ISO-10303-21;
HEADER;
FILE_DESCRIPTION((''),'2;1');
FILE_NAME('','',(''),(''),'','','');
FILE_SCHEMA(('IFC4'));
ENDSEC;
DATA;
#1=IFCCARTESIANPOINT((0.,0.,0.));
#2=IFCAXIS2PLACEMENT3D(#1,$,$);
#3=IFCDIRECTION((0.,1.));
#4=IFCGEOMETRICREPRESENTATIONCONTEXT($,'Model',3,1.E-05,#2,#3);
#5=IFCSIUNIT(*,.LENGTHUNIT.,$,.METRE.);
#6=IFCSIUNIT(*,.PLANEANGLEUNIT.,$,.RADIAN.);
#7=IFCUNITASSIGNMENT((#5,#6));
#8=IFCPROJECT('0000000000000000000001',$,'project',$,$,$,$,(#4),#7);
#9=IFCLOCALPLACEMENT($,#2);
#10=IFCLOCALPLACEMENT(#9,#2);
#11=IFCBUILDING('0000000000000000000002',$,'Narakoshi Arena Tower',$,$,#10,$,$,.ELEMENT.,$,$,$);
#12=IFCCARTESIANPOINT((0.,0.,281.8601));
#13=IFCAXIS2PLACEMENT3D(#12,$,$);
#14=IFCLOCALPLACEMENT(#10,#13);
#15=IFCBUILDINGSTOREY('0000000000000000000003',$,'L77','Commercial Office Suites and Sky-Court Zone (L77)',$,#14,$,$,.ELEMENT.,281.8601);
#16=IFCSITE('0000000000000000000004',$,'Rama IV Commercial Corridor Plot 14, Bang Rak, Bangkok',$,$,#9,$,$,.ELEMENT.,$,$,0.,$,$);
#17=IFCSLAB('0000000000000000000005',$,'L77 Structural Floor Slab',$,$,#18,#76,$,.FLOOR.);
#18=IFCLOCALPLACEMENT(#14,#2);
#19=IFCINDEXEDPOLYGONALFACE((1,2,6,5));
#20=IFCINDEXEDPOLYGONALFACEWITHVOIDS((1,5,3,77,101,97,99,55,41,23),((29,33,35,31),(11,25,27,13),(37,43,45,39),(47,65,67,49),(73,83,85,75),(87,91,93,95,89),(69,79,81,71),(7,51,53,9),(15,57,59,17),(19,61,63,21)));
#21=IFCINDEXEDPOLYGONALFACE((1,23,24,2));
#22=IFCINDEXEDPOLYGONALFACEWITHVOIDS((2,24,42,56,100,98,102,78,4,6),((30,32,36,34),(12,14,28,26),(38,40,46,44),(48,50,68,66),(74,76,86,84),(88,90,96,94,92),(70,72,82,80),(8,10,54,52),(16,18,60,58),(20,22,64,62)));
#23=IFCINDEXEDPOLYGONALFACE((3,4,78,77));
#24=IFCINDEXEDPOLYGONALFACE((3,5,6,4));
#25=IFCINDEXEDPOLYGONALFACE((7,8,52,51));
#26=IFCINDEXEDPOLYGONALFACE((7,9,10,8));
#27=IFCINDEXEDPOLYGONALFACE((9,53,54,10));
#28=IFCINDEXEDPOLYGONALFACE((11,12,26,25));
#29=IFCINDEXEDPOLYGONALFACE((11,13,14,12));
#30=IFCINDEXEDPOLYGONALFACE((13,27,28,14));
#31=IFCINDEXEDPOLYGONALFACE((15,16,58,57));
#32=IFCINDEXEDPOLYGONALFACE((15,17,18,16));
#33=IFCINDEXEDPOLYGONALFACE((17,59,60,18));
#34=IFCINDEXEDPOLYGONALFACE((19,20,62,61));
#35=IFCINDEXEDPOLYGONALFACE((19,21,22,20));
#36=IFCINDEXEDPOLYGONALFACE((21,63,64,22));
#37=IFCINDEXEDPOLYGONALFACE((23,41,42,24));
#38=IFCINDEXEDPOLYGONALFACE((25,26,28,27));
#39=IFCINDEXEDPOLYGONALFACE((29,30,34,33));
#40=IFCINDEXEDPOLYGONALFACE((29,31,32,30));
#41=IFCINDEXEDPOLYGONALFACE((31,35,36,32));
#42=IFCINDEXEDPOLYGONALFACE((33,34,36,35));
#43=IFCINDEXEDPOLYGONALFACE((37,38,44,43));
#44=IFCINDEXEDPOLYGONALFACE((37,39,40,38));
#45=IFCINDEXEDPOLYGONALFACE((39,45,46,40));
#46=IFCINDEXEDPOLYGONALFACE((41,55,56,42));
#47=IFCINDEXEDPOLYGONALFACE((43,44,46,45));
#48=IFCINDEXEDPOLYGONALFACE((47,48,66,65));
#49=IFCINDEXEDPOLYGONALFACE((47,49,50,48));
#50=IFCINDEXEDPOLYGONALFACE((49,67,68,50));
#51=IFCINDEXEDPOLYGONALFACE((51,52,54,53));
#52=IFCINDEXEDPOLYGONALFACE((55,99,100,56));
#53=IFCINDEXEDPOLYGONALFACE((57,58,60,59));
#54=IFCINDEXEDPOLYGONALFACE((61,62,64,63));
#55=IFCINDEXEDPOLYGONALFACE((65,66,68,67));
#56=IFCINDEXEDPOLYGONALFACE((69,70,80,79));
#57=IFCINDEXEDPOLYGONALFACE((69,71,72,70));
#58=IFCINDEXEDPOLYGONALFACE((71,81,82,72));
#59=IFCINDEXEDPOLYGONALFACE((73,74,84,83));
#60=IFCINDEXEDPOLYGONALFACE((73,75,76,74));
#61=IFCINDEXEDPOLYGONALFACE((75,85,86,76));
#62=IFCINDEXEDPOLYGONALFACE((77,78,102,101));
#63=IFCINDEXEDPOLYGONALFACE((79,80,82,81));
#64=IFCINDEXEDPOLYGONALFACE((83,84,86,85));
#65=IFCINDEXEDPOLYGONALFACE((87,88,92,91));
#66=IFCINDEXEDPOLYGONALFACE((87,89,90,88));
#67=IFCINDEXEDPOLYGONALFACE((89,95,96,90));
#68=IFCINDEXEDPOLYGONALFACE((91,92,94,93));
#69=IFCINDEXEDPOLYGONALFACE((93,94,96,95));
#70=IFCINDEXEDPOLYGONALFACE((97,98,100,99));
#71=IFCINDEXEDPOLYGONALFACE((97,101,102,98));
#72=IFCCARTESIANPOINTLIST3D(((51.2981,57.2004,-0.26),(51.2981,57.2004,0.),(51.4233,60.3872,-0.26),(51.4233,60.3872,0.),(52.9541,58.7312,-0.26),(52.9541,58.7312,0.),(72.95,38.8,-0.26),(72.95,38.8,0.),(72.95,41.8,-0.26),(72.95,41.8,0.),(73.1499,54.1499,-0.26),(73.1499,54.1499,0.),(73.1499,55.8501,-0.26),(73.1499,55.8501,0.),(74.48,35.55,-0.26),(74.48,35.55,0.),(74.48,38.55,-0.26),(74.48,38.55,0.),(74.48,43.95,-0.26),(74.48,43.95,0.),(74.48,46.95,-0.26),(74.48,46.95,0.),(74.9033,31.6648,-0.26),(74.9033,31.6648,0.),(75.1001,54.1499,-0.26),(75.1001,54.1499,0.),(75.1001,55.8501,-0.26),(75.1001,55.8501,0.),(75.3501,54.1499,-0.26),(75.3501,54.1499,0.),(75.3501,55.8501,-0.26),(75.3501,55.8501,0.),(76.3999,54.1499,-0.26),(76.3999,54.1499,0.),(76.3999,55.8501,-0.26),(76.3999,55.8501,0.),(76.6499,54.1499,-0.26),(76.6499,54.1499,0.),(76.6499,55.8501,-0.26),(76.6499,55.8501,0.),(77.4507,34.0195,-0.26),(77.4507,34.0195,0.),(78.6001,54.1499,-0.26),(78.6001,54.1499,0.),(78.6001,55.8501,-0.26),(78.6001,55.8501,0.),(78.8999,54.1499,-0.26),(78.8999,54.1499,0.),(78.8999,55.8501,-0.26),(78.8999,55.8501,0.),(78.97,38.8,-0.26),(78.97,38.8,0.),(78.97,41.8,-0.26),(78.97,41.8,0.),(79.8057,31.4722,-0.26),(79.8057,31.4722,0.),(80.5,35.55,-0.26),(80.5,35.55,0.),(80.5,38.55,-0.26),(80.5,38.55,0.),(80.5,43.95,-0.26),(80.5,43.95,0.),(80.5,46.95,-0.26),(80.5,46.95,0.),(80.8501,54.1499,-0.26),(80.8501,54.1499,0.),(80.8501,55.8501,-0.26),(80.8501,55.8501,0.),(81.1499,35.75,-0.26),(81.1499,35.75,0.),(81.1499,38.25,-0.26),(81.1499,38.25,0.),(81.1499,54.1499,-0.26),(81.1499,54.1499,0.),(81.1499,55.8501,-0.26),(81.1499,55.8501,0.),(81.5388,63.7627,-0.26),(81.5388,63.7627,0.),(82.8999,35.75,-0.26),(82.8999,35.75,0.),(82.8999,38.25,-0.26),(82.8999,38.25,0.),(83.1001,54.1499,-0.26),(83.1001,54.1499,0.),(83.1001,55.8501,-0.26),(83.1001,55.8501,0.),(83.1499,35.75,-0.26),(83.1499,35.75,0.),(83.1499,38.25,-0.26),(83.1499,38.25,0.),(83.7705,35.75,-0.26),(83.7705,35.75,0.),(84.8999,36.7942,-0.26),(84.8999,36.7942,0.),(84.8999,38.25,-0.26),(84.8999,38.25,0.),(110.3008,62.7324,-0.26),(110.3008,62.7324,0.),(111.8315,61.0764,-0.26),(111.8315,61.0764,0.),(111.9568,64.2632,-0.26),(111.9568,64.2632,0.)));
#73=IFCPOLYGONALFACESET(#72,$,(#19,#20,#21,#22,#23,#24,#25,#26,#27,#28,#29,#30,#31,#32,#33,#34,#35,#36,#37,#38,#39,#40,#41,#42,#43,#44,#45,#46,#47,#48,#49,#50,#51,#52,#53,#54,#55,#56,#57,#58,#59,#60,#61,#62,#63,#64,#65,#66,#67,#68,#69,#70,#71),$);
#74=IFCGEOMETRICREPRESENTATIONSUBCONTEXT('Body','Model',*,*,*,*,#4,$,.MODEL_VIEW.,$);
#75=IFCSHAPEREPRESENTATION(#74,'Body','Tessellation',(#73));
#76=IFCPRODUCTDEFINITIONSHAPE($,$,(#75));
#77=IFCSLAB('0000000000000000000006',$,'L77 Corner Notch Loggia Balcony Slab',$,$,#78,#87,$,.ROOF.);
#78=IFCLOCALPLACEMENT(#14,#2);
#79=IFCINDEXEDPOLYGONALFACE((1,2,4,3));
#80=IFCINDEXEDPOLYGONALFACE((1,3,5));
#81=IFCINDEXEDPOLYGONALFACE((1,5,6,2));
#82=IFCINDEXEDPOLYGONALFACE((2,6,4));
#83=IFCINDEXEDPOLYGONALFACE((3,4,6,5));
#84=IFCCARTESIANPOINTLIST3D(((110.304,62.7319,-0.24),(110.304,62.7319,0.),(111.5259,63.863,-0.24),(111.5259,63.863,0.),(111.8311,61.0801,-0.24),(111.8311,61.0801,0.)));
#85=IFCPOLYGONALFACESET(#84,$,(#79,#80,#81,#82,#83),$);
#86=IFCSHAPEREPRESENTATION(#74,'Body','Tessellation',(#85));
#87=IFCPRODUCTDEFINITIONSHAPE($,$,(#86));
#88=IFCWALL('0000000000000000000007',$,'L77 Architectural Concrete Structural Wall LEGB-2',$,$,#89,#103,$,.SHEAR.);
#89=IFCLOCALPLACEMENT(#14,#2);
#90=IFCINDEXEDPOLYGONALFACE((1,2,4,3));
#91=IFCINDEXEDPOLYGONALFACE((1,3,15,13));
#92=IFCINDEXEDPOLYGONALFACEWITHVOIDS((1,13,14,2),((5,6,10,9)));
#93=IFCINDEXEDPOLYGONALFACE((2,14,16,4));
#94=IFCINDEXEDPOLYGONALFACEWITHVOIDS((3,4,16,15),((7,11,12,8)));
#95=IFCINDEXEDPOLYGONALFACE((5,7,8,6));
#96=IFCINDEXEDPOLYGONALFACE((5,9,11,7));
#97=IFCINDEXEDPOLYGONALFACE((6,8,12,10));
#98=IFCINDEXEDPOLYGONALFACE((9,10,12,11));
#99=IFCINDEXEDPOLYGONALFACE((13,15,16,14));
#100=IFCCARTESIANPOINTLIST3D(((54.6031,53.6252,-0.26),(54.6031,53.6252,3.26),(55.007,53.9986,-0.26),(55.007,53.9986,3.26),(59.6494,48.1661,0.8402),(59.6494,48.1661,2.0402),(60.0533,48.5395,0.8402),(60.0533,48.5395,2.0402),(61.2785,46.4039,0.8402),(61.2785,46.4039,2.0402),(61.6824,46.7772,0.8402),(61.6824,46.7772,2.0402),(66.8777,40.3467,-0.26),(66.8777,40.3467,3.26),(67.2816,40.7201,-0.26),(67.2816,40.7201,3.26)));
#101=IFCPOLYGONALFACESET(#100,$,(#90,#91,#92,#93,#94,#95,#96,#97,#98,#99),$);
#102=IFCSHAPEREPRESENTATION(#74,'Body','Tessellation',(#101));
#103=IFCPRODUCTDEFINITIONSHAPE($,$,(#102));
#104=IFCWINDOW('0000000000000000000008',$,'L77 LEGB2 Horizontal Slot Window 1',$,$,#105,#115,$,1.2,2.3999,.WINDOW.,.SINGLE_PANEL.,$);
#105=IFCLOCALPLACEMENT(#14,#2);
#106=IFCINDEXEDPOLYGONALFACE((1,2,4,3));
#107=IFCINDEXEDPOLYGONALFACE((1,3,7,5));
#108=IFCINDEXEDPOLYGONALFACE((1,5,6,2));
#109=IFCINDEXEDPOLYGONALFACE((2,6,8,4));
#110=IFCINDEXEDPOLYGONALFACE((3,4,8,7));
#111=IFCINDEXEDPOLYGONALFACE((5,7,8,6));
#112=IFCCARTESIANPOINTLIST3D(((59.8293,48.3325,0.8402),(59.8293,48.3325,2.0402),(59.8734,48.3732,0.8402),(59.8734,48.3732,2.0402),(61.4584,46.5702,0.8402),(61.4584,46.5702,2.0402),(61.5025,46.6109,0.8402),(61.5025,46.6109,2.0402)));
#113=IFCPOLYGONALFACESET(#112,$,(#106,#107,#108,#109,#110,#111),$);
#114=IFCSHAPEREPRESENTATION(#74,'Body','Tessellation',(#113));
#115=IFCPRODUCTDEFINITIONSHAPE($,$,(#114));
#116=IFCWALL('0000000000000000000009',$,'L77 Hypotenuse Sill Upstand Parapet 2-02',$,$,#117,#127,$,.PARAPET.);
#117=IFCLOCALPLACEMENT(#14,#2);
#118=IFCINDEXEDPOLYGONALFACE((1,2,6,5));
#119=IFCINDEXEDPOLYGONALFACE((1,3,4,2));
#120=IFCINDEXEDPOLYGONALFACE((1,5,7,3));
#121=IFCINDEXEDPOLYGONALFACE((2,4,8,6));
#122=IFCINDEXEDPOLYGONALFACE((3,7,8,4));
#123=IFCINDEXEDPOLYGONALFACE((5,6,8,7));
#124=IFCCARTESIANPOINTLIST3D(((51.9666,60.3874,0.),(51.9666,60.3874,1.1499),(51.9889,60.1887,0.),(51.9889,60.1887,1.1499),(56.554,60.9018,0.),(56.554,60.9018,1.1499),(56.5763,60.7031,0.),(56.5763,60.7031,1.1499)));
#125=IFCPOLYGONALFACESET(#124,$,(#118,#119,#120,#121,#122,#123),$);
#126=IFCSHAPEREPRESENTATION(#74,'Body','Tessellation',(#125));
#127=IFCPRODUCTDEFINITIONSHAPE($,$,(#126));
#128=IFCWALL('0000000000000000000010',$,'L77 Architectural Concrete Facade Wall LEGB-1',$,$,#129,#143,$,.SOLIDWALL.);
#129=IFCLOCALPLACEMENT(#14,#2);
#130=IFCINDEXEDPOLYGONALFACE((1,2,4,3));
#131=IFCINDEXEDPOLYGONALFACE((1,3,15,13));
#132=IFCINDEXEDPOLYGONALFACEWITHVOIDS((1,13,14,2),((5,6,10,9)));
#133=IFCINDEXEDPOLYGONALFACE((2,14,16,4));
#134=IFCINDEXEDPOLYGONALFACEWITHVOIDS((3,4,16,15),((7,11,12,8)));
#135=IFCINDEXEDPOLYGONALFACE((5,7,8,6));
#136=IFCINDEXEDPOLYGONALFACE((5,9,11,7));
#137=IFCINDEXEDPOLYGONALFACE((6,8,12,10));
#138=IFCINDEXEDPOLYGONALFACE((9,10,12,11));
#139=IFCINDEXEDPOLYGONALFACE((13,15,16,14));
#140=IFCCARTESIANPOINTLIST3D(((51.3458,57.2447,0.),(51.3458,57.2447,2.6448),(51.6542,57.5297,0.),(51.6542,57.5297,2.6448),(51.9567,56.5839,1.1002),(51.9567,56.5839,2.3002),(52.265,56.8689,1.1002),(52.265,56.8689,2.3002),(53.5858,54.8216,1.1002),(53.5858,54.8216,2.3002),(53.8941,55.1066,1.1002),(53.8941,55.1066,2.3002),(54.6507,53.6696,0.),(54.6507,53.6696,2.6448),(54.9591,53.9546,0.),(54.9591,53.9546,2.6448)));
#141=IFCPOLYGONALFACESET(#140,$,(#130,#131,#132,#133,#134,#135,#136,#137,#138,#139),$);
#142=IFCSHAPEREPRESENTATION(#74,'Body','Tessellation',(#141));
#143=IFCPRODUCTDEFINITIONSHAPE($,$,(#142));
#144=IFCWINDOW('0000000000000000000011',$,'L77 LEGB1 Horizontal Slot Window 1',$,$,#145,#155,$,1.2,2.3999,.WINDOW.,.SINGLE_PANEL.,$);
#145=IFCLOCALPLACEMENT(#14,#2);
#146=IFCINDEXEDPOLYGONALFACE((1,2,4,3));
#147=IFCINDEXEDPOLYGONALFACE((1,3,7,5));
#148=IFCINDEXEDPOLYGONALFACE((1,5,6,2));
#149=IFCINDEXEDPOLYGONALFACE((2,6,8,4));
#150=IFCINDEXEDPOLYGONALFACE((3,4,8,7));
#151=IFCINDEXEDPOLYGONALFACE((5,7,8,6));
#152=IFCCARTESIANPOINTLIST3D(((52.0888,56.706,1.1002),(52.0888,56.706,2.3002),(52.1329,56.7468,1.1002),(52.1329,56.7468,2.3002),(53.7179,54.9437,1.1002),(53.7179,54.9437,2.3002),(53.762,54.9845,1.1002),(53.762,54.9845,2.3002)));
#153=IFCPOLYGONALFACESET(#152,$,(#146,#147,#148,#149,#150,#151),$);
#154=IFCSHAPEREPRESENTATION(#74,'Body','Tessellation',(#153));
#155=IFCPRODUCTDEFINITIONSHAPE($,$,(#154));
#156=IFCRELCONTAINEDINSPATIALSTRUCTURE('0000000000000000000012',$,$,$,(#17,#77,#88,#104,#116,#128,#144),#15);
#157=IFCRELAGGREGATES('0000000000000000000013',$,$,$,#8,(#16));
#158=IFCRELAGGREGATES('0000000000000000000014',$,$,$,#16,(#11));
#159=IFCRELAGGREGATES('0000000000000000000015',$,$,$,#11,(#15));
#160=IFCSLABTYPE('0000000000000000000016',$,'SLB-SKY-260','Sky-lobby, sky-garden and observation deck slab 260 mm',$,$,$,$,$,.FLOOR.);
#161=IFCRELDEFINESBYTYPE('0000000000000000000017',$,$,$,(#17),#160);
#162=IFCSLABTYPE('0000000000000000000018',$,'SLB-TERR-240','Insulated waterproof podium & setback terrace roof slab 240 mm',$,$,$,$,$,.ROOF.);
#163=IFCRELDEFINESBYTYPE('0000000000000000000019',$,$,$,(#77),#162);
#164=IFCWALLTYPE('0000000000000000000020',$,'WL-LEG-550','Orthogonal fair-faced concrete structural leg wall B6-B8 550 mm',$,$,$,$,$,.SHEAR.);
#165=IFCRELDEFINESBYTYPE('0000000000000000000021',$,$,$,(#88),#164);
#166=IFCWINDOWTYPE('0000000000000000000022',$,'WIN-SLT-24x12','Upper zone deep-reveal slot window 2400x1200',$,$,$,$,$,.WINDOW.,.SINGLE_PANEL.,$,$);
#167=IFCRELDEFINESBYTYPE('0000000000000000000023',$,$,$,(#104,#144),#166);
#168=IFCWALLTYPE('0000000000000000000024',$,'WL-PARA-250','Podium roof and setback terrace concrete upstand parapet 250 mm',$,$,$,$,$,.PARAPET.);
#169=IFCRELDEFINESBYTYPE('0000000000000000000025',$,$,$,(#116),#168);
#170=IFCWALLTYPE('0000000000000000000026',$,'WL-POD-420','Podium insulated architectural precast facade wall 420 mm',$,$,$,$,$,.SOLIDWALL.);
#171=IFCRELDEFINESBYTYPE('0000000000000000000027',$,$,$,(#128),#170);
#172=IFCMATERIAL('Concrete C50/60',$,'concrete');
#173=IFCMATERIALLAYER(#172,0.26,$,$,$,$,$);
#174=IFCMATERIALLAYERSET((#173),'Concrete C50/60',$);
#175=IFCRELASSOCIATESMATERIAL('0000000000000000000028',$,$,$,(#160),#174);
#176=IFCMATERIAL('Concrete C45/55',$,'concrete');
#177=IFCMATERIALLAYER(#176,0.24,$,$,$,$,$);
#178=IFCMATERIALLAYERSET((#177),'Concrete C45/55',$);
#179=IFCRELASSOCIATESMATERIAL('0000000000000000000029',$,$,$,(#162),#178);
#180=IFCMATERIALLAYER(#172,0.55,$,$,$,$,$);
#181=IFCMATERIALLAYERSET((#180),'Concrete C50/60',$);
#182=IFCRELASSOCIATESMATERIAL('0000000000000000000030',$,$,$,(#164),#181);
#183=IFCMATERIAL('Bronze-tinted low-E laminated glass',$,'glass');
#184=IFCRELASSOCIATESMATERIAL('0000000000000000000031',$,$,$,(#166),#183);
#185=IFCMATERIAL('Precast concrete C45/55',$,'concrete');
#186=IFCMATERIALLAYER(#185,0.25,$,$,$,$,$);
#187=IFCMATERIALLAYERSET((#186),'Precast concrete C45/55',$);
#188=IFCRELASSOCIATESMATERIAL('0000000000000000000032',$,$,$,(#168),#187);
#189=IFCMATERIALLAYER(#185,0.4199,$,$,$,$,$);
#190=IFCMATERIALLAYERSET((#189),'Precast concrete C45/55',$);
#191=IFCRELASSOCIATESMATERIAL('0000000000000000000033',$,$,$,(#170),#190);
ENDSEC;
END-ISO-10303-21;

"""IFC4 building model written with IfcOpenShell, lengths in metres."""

from ifc_helpers import new_model, si_unit, direction, frame, frame_2d, origin, place, context, subcontext, project, spatial, polyline, rectangle, outline, extrude, material, layer, layer_set, type_object, element, fill, save


model = new_model("IFC4")

# Units and contexts
model_context = context("Model", 3, precision=1e-05, world=origin(), true_north=direction((0.0, 1.0)))
body_context = subcontext(model_context, "Body", "Model", "MODEL_VIEW")
ifc_project = project(units=[si_unit("LENGTHUNIT", "METRE"), si_unit("PLANEANGLEUNIT", "RADIAN")], contexts=[model_context])

# Site, building, storey
site_placement = place(None, origin())
site = spatial("IfcSite", under=ifc_project, at=site_placement, Name="Rama IV Commercial Corridor Plot 14, Bang Rak, Bangkok", CompositionType="ELEMENT", RefElevation=0.0)
building_placement = place(site_placement, origin())
building = spatial("IfcBuilding", under=site, at=building_placement, Name="Narakoshi Arena Tower", CompositionType="ELEMENT")
storey_placement = place(building_placement, frame((0.0, 0.0, 281.8601)))
storey = spatial("IfcBuildingStorey", under=building, at=storey_placement, Name="L77", Description="Commercial Office Suites and Sky-Court Zone (L77)", CompositionType="ELEMENT", Elevation=281.8601)

# Shared definitions
ifc_material_1 = material(Name="Concrete C50/60", Category="concrete")

# Shared definitions
ifc_material_2 = material(Name="Bronze-tinted low-E laminated glass", Category="glass")

# Shared definitions
ifc_material_3 = material(Name="Concrete C45/55", Category="concrete")

# Slabs
ifc_layer_1 = layer(ifc_material_1, 0.26)
ifc_layer_set_1 = layer_set([ifc_layer_1], Name="Concrete C50/60")
slab_type_1 = type_object("IfcSlabType", Name="SLB-SKY-260", Description="Sky-lobby, sky-garden and observation deck slab 260 mm", PredefinedType="FLOOR", material=ifc_layer_set_1)
slab_1_placement = place(storey_placement, frame((0.0, 0.0, -0.26)))
element("IfcSlab", 1, at=slab_1_placement, inside=storey, type_object=slab_type_1, Name="L77 Structural Floor Slab", PredefinedType="FLOOR", context=body_context, shape_type="SweptSolid", body=[
    extrude(outline(polyline([(79.8057, 31.4722), (111.8315, 61.0764), (110.3008, 62.7324), (111.9568, 64.2632), (81.5388, 63.7627), (51.4233, 60.3872), (52.9541, 58.7312), (51.2981, 57.2004), (74.9033, 31.6648), (77.4507, 34.0195), (79.8057, 31.4722)]), holes=[polyline([(80.5, 35.55), (74.48, 35.55), (74.48, 38.55), (80.5, 38.55), (80.5, 35.55)]), polyline([(82.8999, 35.75), (81.1499, 35.75), (81.1499, 38.25), (82.8999, 38.25), (82.8999, 35.75)]), polyline([(84.8999, 36.7942), (83.7705, 35.75), (83.1499, 35.75), (83.1499, 38.25), (84.8999, 38.25), (84.8999, 36.7942)]), polyline([(72.95, 38.8), (72.95, 41.8), (78.97, 41.8), (78.97, 38.8), (72.95, 38.8)]), polyline([(74.48, 43.95), (74.48, 46.95), (80.5, 46.95), (80.5, 43.95), (74.48, 43.95)]), polyline([(75.1001, 54.1499), (73.1499, 54.1499), (73.1499, 55.8501), (75.1001, 55.8501), (75.1001, 54.1499)]), polyline([(76.3999, 54.1499), (75.3501, 54.1499), (75.3501, 55.8501), (76.3999, 55.8501), (76.3999, 54.1499)]), polyline([(78.6001, 54.1499), (76.6499, 54.1499), (76.6499, 55.8501), (78.6001, 55.8501), (78.6001, 54.1499)]), polyline([(78.8999, 54.1499), (78.8999, 55.8501), (80.8501, 55.8501), (80.8501, 54.1499), (78.8999, 54.1499)]), polyline([(81.1499, 54.1499), (81.1499, 55.8501), (83.1001, 55.8501), (83.1001, 54.1499), (81.1499, 54.1499)])]), origin(), (0.0, 0.0, 1.0), 0.26),
])
ifc_layer_2 = layer(ifc_material_3, 0.24)
ifc_layer_set_2 = layer_set([ifc_layer_2], Name="Concrete C45/55")
slab_type_2 = type_object("IfcSlabType", Name="SLB-TERR-240", Description="Insulated waterproof podium & setback terrace roof slab 240 mm", PredefinedType="ROOF", material=ifc_layer_set_2)
slab_2_placement = place(storey_placement, frame((0.0, 0.0, -0.24)))
element("IfcSlab", 2, at=slab_2_placement, inside=storey, type_object=slab_type_2, Name="L77 Corner Notch Loggia Balcony Slab", PredefinedType="ROOF", context=body_context, shape_type="SweptSolid", body=[
    extrude(outline(polyline([(111.5259, 63.863), (110.304, 62.7319), (111.8311, 61.0801), (111.5259, 63.863)])), origin(), (0.0, 0.0, 1.0), 0.24),
])

# Wall, opening, window
ifc_layer_3 = layer(ifc_material_1, 0.55)
ifc_layer_set_3 = layer_set([ifc_layer_3], Name="Concrete C50/60")
wall_type_1 = type_object("IfcWallType", Name="WL-LEG-550", Description="Orthogonal fair-faced concrete structural leg wall B6-B8 550 mm", PredefinedType="SHEAR", material=ifc_layer_set_3)
wall_1_placement = place(storey_placement, frame((54.8049, 53.812, -0.26), z_axis=(0.0, 0.0, 1.0), x_axis=(0.678803, -0.73432, 0.0)))
wall_1 = element("IfcWall", 3, at=wall_1_placement, inside=storey, type_object=wall_type_1, Name="L77 Architectural Concrete Structural Wall LEGB-2", PredefinedType="SHEAR", context=body_context, shape_type="SweptSolid", body=[
    extrude(rectangle(XDim=18.0828, YDim=0.55, at=frame_2d((9.0415, 0.0))), origin(), (0.0, 0.0, 1.0), 3.52),
])
opening_1_placement = place(wall_1_placement, frame((7.4343, 0.0, 1.1001)))
opening_1 = element("IfcOpeningElement", 4, at=opening_1_placement, cuts=wall_1, PredefinedType="OPENING", context=body_context, shape_type="SweptSolid", body=[
    extrude(rectangle(XDim=2.3999, YDim=1.2, at=frame_2d((1.2, 0.6001))), frame((0.0, 0.2849, 0.0), z_axis=(0.0, -1.0, 0.0), x_axis=(1.0, 0.0, 0.0)), (0.0, 0.0, 1.0), 0.5701),
])
window_type_1 = type_object("IfcWindowType", Name="WIN-SLT-24x12", Description="Upper zone deep-reveal slot window 2400x1200", PartitioningType="SINGLE_PANEL", PredefinedType="WINDOW", material=ifc_material_2)
window_1_placement = place(opening_1_placement, origin())
window_1 = element("IfcWindow", 5, at=window_1_placement, inside=storey, type_object=window_type_1, Name="L77 LEGB2 Horizontal Slot Window 1", OverallHeight=1.2, OverallWidth=2.3999, PartitioningType="SINGLE_PANEL", PredefinedType="WINDOW", context=body_context, shape_type="SweptSolid", body=[
    extrude(rectangle(XDim=2.3999, YDim=1.2, at=frame_2d((1.2, 0.6001))), frame((0.0, 0.03, 0.0), z_axis=(0.0, -1.0, 0.0), x_axis=(1.0, 0.0, 0.0)), (0.0, 0.0, 1.0), 0.0601),
])
fill(opening_1, window_1)

# Wall
ifc_material_4 = material(Name="Precast concrete C45/55", Category="concrete")
ifc_layer_4 = layer(ifc_material_4, 0.25)
ifc_layer_set_4 = layer_set([ifc_layer_4], Name="Precast concrete C45/55")
wall_type_2 = type_object("IfcWallType", Name="WL-PARA-250", Description="Podium roof and setback terrace concrete upstand parapet 250 mm", PredefinedType="PARAPET", material=ifc_layer_set_4)
wall_2_placement = place(storey_placement, frame((56.5652, 60.8025, 0.0), z_axis=(0.0, 0.0, 1.0), x_axis=(-0.993772, -0.111436, 0.0)))
element("IfcWall", 6, at=wall_2_placement, inside=storey, type_object=wall_type_2, Name="L77 Hypotenuse Sill Upstand Parapet 2-02", PredefinedType="PARAPET", context=body_context, shape_type="SweptSolid", body=[
    extrude(rectangle(XDim=4.6162, YDim=0.2, at=frame_2d((2.3081, 0.0))), origin(), (0.0, 0.0, 1.0), 1.1499),
])

# Wall, opening, window
ifc_layer_5 = layer(ifc_material_4, 0.4199)
ifc_layer_set_5 = layer_set([ifc_layer_5], Name="Precast concrete C45/55")
wall_type_3 = type_object("IfcWallType", Name="WL-POD-420", Description="Podium insulated architectural precast facade wall 420 mm", PredefinedType="SOLIDWALL", material=ifc_layer_set_5)
wall_3_placement = place(storey_placement, frame((51.5, 57.3872, 0.0), z_axis=(0.0, 0.0, 1.0), x_axis=(0.678807, -0.734317, 0.0)))
wall_3 = element("IfcWall", 7, at=wall_3_placement, inside=storey, type_object=wall_type_3, Name="L77 Architectural Concrete Facade Wall LEGB-1", PredefinedType="SOLIDWALL", context=body_context, shape_type="SweptSolid", body=[
    extrude(rectangle(XDim=4.8687, YDim=0.4199, at=frame_2d((2.4343, 0.0))), origin(), (0.0, 0.0, 1.0), 2.6448),
])
opening_2_placement = place(wall_3_placement, frame((0.8999, 0.0, 1.1001)))
opening_2 = element("IfcOpeningElement", 8, at=opening_2_placement, cuts=wall_3, PredefinedType="OPENING", context=body_context, shape_type="SweptSolid", body=[
    extrude(rectangle(XDim=2.3999, YDim=1.2, at=frame_2d((1.2, 0.6001))), frame((0.0, 0.22, 0.0), z_axis=(0.0, -1.0, 0.0), x_axis=(1.0, 0.0, 0.0)), (0.0, 0.0, 1.0), 0.4399),
])
window_2_placement = place(opening_2_placement, origin())
window_2 = element("IfcWindow", 9, at=window_2_placement, inside=storey, type_object=window_type_1, Name="L77 LEGB1 Horizontal Slot Window 1", OverallHeight=1.2, OverallWidth=2.3999, PartitioningType="SINGLE_PANEL", PredefinedType="WINDOW", context=body_context, shape_type="SweptSolid", body=[
    extrude(rectangle(XDim=2.3999, YDim=1.2, at=frame_2d((1.2, 0.6001))), frame((0.0, 0.03, 0.0), z_axis=(0.0, -1.0, 0.0), x_axis=(1.0, 0.0, 0.0)), (0.0, 0.0, 1.0), 0.0601),
])
fill(opening_2, window_2)

save(model, "model.ifc")
